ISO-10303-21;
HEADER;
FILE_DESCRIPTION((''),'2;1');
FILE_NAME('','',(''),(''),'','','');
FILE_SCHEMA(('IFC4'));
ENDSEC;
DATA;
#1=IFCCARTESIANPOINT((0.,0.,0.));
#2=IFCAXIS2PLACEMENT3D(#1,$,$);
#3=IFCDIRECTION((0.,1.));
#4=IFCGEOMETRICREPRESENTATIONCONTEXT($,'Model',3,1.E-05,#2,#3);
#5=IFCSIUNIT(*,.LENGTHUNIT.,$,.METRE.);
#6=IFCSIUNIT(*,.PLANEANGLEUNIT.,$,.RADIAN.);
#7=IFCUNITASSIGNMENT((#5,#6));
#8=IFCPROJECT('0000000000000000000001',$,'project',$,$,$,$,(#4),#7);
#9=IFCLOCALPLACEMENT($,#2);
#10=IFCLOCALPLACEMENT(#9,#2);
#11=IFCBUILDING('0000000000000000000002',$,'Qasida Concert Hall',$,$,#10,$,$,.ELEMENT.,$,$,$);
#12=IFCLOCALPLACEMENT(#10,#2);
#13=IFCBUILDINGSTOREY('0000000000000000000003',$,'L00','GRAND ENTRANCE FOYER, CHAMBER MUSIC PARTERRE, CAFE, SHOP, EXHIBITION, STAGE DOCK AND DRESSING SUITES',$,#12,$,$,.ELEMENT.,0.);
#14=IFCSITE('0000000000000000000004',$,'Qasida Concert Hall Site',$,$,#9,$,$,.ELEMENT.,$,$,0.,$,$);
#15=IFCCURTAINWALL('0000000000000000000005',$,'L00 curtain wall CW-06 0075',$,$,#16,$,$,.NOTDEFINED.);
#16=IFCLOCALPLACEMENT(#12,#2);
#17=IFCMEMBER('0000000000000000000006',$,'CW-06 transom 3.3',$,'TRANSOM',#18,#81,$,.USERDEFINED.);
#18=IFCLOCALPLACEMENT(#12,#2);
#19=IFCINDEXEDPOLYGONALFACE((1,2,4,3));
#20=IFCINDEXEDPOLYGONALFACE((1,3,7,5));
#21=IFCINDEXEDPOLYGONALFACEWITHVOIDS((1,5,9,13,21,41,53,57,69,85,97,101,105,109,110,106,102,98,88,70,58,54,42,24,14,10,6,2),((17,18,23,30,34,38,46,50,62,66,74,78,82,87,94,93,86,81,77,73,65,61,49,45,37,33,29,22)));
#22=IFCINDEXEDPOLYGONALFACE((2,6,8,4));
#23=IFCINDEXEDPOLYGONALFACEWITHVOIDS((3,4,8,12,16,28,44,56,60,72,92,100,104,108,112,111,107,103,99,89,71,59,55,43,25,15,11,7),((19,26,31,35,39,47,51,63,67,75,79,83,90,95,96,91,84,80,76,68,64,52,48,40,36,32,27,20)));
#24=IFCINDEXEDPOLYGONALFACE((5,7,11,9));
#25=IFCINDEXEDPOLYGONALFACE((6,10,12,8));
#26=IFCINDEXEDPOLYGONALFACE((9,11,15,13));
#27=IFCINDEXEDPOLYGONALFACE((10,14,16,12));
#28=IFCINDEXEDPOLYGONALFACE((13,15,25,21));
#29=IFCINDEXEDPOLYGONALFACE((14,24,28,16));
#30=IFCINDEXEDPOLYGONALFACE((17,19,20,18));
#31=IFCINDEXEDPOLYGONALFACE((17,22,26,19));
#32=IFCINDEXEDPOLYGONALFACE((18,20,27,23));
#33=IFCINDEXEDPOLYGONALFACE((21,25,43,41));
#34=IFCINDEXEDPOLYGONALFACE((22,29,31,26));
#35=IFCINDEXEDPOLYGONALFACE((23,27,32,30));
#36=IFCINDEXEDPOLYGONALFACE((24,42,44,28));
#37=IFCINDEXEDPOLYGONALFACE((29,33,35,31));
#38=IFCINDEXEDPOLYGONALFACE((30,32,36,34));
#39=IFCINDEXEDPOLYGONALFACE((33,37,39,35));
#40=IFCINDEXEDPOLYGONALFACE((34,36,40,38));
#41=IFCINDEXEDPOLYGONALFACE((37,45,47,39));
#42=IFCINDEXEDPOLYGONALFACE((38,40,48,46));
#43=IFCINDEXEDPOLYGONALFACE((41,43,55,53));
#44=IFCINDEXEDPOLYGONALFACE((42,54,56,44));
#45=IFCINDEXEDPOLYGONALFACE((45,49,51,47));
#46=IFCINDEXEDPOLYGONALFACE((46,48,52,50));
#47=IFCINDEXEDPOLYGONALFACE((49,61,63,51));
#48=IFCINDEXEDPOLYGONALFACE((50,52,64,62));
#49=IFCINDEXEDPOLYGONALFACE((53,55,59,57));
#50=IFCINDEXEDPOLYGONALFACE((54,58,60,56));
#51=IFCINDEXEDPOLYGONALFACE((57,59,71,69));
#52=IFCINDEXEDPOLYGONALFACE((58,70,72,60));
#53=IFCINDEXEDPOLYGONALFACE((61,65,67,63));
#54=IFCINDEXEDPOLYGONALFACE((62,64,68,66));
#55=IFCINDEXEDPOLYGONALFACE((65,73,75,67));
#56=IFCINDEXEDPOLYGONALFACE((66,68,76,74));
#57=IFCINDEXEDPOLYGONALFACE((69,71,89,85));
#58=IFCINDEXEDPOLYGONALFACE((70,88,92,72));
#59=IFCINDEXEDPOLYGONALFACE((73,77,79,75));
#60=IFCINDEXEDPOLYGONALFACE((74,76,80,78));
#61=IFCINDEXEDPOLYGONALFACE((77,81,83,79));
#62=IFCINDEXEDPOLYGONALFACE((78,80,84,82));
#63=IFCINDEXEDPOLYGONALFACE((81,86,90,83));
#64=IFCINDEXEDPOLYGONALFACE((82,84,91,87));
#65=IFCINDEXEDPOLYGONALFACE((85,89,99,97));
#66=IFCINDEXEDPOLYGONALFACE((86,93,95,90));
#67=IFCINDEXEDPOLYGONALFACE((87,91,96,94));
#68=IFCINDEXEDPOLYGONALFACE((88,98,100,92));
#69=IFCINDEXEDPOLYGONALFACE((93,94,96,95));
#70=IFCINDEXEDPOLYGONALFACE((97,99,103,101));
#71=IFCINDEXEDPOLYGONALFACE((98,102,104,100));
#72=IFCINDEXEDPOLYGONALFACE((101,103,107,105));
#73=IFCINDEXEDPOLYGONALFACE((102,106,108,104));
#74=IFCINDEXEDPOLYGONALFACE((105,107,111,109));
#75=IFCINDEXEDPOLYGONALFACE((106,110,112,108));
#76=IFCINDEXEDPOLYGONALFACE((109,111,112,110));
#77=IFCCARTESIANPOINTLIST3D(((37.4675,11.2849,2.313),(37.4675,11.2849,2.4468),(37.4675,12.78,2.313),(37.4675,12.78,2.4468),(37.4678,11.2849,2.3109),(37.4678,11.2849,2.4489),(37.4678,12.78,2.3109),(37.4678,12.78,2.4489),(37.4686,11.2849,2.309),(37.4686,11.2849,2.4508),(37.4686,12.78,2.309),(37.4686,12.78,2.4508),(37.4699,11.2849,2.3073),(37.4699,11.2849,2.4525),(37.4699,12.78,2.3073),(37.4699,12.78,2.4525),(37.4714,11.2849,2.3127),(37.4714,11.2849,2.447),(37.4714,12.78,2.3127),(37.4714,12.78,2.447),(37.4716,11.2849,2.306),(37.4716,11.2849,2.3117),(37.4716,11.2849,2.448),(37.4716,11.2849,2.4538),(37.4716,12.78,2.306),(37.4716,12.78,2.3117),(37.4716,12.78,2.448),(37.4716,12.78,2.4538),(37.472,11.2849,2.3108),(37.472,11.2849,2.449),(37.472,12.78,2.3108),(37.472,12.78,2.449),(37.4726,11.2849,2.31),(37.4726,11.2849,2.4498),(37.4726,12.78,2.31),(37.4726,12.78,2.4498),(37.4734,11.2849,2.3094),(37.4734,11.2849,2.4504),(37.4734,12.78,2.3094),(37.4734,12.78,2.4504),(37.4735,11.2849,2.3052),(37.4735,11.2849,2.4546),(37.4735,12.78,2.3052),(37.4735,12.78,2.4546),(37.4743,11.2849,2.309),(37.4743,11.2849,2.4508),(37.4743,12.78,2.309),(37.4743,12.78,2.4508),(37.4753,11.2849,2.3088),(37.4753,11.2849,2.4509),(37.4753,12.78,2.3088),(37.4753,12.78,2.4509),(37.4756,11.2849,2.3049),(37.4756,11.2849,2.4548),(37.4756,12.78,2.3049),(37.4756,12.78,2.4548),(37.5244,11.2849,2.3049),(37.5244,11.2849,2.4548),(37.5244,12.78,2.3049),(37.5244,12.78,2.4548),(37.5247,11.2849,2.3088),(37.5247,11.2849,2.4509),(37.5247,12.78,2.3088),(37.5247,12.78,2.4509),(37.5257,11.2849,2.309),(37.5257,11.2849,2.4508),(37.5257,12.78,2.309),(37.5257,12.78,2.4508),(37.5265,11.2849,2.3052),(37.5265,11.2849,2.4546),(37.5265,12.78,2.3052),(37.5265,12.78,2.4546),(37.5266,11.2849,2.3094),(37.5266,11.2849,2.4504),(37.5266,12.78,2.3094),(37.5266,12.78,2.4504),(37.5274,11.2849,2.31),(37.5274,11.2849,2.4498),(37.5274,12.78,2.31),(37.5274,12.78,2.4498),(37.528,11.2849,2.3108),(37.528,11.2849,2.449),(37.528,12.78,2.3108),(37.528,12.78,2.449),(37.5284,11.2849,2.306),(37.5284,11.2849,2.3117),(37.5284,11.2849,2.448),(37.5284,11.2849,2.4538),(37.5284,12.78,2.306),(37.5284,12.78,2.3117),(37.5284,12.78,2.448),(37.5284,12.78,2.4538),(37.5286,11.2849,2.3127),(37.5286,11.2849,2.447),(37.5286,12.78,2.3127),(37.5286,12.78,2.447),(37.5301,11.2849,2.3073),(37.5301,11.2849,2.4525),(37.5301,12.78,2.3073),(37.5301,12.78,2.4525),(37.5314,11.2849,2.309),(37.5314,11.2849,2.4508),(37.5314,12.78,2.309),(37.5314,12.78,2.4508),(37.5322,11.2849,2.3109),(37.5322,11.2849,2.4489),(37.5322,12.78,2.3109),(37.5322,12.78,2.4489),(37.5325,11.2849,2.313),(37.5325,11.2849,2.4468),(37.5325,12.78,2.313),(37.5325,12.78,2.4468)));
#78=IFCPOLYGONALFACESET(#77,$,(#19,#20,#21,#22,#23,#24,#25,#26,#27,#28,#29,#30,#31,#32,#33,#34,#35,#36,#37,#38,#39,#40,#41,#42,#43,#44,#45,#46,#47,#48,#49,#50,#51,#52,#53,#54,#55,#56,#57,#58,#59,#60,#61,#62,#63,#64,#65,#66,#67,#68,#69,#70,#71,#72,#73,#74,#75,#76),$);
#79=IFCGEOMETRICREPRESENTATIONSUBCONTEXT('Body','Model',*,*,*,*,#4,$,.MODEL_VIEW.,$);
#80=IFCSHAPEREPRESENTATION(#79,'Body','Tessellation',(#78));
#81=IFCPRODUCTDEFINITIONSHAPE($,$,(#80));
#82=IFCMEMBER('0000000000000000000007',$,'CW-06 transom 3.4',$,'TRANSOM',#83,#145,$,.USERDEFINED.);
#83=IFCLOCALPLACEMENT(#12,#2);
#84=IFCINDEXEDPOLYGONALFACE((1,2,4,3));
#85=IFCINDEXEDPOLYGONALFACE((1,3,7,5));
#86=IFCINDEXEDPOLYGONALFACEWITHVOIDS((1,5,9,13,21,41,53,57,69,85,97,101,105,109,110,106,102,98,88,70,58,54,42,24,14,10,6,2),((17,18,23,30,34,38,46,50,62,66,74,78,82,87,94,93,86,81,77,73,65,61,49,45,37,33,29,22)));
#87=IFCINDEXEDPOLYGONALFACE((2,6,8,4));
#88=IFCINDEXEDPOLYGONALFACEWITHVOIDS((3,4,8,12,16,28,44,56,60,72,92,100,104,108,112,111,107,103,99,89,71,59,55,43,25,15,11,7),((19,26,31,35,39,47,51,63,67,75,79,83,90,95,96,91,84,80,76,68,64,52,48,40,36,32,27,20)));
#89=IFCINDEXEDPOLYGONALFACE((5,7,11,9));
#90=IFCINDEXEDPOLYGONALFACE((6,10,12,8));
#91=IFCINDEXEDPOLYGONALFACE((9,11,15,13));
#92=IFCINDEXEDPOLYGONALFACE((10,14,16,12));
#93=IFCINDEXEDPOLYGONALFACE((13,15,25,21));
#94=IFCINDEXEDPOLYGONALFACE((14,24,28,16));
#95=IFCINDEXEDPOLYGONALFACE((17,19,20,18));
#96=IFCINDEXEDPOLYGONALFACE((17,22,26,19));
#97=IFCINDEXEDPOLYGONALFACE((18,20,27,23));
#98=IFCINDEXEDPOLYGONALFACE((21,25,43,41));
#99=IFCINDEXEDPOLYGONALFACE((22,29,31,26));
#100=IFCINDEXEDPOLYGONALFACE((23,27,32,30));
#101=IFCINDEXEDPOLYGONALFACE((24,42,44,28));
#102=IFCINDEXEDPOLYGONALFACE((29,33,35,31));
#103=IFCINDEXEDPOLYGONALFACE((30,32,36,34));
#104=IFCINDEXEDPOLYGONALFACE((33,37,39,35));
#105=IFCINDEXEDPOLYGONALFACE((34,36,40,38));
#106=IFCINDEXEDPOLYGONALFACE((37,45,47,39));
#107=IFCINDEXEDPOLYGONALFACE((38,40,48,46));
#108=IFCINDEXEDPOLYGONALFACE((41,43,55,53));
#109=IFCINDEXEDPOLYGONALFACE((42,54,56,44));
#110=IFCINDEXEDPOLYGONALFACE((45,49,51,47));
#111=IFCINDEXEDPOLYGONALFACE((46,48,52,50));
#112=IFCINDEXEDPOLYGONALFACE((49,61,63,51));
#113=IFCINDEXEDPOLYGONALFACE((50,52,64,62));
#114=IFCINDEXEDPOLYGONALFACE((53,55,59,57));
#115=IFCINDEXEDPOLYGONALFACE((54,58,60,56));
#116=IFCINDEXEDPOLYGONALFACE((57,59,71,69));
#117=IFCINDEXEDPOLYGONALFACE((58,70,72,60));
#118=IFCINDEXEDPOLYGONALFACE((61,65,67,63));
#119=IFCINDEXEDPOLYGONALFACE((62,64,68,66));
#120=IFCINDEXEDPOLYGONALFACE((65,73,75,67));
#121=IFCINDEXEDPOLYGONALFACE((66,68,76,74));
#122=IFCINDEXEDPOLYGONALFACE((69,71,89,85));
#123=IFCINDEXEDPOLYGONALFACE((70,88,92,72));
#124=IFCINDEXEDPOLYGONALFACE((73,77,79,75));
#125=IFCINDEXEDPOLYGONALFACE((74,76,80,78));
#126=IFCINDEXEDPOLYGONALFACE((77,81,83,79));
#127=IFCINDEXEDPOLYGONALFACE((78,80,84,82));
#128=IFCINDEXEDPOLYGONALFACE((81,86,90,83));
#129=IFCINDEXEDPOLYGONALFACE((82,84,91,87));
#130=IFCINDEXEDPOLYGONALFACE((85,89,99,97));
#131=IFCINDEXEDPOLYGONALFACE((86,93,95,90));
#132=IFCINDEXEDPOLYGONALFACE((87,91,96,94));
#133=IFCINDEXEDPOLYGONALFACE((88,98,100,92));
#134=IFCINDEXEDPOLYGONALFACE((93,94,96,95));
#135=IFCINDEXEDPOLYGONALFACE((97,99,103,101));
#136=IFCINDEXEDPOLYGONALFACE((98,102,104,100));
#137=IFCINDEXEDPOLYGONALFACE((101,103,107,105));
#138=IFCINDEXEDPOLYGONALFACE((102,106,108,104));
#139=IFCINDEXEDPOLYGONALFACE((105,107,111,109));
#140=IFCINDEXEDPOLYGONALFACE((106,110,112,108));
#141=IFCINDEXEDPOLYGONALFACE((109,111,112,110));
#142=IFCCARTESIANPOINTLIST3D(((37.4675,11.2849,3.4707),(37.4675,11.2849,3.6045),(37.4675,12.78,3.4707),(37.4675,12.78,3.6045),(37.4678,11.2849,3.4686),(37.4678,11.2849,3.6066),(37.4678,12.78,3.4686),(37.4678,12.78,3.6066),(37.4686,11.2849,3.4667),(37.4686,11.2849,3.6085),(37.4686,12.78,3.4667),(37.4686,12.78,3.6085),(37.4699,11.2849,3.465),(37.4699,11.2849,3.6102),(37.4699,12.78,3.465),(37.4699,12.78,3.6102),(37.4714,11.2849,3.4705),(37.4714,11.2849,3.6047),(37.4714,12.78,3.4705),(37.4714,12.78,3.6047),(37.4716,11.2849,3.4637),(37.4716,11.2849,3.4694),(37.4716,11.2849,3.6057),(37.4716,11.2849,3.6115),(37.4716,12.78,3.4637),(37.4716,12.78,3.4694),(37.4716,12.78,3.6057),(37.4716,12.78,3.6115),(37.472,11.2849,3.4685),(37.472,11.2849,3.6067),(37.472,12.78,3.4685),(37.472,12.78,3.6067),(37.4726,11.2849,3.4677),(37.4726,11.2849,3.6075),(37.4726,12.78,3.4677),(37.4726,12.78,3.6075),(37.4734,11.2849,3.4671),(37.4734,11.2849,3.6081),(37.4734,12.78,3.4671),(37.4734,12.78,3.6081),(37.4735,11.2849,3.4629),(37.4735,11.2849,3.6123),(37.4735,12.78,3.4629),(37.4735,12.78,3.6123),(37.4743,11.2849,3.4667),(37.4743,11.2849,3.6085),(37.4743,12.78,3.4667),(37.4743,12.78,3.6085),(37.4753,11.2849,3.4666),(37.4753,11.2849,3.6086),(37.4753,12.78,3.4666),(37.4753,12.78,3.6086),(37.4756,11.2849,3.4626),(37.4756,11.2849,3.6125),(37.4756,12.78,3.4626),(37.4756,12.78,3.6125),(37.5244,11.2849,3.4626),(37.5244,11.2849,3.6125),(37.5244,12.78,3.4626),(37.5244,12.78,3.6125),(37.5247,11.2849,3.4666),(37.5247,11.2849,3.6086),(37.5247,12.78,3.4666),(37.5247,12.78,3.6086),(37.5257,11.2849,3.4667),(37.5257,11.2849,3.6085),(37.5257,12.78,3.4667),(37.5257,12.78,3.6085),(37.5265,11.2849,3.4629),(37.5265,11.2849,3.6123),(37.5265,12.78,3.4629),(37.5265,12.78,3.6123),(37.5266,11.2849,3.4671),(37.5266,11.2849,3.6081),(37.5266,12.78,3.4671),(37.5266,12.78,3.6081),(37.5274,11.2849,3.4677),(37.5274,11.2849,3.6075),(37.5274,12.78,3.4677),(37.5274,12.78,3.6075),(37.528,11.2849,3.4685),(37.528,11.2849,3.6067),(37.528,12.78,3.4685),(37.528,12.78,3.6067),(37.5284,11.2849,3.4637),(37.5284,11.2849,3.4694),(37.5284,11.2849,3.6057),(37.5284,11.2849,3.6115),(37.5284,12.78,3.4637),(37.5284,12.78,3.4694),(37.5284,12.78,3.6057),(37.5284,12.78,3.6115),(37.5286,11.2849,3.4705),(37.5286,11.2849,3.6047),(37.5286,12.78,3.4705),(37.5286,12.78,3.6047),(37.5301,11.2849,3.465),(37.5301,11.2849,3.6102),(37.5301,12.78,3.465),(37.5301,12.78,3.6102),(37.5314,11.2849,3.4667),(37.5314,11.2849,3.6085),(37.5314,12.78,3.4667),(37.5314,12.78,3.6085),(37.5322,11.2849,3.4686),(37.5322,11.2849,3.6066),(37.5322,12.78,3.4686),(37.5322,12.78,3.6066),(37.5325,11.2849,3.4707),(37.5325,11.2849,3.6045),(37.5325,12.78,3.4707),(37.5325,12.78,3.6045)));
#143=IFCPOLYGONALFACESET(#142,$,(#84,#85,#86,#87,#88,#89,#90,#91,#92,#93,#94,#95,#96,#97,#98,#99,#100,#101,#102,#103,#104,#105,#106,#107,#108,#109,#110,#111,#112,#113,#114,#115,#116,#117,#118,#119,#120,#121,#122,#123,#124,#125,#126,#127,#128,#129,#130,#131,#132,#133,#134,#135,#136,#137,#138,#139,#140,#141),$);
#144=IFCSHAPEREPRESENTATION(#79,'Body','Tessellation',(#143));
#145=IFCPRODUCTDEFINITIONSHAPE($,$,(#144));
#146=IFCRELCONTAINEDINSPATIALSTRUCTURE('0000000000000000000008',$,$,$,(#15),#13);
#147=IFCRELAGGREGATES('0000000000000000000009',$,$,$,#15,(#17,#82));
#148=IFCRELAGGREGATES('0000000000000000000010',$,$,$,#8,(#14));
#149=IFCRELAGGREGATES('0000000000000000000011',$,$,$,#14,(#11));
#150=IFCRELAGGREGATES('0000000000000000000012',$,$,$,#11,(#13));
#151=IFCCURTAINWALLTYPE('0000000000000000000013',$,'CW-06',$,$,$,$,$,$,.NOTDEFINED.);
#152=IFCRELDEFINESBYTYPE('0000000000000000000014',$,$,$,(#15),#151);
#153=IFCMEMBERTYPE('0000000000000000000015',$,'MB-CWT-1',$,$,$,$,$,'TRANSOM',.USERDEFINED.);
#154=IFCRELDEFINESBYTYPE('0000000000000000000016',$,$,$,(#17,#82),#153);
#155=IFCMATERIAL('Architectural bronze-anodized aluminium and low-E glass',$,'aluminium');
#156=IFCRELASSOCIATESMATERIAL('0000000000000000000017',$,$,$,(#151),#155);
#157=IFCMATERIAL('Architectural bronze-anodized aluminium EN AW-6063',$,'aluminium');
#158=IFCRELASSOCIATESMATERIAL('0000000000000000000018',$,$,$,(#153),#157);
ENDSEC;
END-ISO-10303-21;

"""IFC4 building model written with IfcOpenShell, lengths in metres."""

from ifc_helpers import new_model, si_unit, direction, frame, origin, origin_2d, place, context, subcontext, project, spatial, hollow_rectangle, extrude, material, material_profile, profile_set, type_object, element, aggregate, save


model = new_model("IFC4")

# Units and contexts
model_context = context("Model", 3, precision=1e-05, world=origin(), true_north=direction((0.0, 1.0)))
body_context = subcontext(model_context, "Body", "Model", "MODEL_VIEW")
ifc_project = project(units=[si_unit("LENGTHUNIT", "METRE"), si_unit("PLANEANGLEUNIT", "RADIAN")], contexts=[model_context])

# Site, building, storey
site_placement = place(None, origin())
site = spatial("IfcSite", under=ifc_project, at=site_placement, Name="Qasida Concert Hall Site", CompositionType="ELEMENT", RefElevation=0.0)
building_placement = place(site_placement, origin())
building = spatial("IfcBuilding", under=site, at=building_placement, Name="Qasida Concert Hall", CompositionType="ELEMENT")
storey_placement = place(building_placement, origin())
storey = spatial("IfcBuildingStorey", under=building, at=storey_placement, Name="L00", Description="GRAND ENTRANCE FOYER, CHAMBER MUSIC PARTERRE, CAFE, SHOP, EXHIBITION, STAGE DOCK AND DRESSING SUITES", CompositionType="ELEMENT", Elevation=0.0)

# Curtain wall, members
ifc_material_1 = material(Name="Architectural bronze-anodized aluminium and low-E glass", Category="aluminium")
curtain_wall_type = type_object("IfcCurtainWallType", Name="CW-06", PredefinedType="NOTDEFINED", material=ifc_material_1)
curtain_wall_placement = place(storey_placement, origin())
curtain_wall = element("IfcCurtainWall", 1, at=curtain_wall_placement, inside=storey, type_object=curtain_wall_type, Name="L00 curtain wall CW-06 0075", PredefinedType="NOTDEFINED")
ifc_material_2 = material(Name="Architectural bronze-anodized aluminium EN AW-6063", Category="aluminium")
ifc_material_profile_1 = material_profile(ifc_material_2, hollow_rectangle(XDim=0.0649, YDim=0.1499, WallThickness=0.0039, InnerFilletRadius=0.0039, OuterFilletRadius=0.0081, at=origin_2d()), Name="CWT 150x65x4")
ifc_profile_set_1 = profile_set([ifc_material_profile_1], Name="Architectural bronze-anodized aluminium EN AW-6063")
member_type_1 = type_object("IfcMemberType", Name="MB-CWT-1", ElementType="TRANSOM", PredefinedType="USERDEFINED", material=ifc_profile_set_1)
member_1_placement = place(storey_placement, frame((37.5, 11.2849, 2.3799), z_axis=(0.0, 1.0, 0.0), x_axis=(-1.0, 0.0, 0.0)))
member_1 = element("IfcMember", 2, at=member_1_placement, type_object=member_type_1, Name="CW-06 transom 3.3", ObjectType="TRANSOM", PredefinedType="USERDEFINED", context=body_context, shape_type="SweptSolid", body=[
    extrude(hollow_rectangle(XDim=0.0649, YDim=0.1499, WallThickness=0.0039, InnerFilletRadius=0.0039, OuterFilletRadius=0.0081, at=origin_2d()), origin(), (0.0, 0.0, 1.0), 1.4951),
])
member_2_placement = place(storey_placement, frame((37.5, 11.2849, 3.5376), z_axis=(0.0, 1.0, 0.0), x_axis=(-1.0, 0.0, 0.0)))
member_2 = element("IfcMember", 3, at=member_2_placement, type_object=member_type_1, Name="CW-06 transom 3.4", ObjectType="TRANSOM", PredefinedType="USERDEFINED", context=body_context, shape_type="SweptSolid", body=[
    extrude(hollow_rectangle(XDim=0.0649, YDim=0.1499, WallThickness=0.0039, InnerFilletRadius=0.0039, OuterFilletRadius=0.0081, at=origin_2d()), origin(), (0.0, 0.0, 1.0), 1.4951),
])
aggregate(curtain_wall, [member_1, member_2])

save(model, "model.ifc")
